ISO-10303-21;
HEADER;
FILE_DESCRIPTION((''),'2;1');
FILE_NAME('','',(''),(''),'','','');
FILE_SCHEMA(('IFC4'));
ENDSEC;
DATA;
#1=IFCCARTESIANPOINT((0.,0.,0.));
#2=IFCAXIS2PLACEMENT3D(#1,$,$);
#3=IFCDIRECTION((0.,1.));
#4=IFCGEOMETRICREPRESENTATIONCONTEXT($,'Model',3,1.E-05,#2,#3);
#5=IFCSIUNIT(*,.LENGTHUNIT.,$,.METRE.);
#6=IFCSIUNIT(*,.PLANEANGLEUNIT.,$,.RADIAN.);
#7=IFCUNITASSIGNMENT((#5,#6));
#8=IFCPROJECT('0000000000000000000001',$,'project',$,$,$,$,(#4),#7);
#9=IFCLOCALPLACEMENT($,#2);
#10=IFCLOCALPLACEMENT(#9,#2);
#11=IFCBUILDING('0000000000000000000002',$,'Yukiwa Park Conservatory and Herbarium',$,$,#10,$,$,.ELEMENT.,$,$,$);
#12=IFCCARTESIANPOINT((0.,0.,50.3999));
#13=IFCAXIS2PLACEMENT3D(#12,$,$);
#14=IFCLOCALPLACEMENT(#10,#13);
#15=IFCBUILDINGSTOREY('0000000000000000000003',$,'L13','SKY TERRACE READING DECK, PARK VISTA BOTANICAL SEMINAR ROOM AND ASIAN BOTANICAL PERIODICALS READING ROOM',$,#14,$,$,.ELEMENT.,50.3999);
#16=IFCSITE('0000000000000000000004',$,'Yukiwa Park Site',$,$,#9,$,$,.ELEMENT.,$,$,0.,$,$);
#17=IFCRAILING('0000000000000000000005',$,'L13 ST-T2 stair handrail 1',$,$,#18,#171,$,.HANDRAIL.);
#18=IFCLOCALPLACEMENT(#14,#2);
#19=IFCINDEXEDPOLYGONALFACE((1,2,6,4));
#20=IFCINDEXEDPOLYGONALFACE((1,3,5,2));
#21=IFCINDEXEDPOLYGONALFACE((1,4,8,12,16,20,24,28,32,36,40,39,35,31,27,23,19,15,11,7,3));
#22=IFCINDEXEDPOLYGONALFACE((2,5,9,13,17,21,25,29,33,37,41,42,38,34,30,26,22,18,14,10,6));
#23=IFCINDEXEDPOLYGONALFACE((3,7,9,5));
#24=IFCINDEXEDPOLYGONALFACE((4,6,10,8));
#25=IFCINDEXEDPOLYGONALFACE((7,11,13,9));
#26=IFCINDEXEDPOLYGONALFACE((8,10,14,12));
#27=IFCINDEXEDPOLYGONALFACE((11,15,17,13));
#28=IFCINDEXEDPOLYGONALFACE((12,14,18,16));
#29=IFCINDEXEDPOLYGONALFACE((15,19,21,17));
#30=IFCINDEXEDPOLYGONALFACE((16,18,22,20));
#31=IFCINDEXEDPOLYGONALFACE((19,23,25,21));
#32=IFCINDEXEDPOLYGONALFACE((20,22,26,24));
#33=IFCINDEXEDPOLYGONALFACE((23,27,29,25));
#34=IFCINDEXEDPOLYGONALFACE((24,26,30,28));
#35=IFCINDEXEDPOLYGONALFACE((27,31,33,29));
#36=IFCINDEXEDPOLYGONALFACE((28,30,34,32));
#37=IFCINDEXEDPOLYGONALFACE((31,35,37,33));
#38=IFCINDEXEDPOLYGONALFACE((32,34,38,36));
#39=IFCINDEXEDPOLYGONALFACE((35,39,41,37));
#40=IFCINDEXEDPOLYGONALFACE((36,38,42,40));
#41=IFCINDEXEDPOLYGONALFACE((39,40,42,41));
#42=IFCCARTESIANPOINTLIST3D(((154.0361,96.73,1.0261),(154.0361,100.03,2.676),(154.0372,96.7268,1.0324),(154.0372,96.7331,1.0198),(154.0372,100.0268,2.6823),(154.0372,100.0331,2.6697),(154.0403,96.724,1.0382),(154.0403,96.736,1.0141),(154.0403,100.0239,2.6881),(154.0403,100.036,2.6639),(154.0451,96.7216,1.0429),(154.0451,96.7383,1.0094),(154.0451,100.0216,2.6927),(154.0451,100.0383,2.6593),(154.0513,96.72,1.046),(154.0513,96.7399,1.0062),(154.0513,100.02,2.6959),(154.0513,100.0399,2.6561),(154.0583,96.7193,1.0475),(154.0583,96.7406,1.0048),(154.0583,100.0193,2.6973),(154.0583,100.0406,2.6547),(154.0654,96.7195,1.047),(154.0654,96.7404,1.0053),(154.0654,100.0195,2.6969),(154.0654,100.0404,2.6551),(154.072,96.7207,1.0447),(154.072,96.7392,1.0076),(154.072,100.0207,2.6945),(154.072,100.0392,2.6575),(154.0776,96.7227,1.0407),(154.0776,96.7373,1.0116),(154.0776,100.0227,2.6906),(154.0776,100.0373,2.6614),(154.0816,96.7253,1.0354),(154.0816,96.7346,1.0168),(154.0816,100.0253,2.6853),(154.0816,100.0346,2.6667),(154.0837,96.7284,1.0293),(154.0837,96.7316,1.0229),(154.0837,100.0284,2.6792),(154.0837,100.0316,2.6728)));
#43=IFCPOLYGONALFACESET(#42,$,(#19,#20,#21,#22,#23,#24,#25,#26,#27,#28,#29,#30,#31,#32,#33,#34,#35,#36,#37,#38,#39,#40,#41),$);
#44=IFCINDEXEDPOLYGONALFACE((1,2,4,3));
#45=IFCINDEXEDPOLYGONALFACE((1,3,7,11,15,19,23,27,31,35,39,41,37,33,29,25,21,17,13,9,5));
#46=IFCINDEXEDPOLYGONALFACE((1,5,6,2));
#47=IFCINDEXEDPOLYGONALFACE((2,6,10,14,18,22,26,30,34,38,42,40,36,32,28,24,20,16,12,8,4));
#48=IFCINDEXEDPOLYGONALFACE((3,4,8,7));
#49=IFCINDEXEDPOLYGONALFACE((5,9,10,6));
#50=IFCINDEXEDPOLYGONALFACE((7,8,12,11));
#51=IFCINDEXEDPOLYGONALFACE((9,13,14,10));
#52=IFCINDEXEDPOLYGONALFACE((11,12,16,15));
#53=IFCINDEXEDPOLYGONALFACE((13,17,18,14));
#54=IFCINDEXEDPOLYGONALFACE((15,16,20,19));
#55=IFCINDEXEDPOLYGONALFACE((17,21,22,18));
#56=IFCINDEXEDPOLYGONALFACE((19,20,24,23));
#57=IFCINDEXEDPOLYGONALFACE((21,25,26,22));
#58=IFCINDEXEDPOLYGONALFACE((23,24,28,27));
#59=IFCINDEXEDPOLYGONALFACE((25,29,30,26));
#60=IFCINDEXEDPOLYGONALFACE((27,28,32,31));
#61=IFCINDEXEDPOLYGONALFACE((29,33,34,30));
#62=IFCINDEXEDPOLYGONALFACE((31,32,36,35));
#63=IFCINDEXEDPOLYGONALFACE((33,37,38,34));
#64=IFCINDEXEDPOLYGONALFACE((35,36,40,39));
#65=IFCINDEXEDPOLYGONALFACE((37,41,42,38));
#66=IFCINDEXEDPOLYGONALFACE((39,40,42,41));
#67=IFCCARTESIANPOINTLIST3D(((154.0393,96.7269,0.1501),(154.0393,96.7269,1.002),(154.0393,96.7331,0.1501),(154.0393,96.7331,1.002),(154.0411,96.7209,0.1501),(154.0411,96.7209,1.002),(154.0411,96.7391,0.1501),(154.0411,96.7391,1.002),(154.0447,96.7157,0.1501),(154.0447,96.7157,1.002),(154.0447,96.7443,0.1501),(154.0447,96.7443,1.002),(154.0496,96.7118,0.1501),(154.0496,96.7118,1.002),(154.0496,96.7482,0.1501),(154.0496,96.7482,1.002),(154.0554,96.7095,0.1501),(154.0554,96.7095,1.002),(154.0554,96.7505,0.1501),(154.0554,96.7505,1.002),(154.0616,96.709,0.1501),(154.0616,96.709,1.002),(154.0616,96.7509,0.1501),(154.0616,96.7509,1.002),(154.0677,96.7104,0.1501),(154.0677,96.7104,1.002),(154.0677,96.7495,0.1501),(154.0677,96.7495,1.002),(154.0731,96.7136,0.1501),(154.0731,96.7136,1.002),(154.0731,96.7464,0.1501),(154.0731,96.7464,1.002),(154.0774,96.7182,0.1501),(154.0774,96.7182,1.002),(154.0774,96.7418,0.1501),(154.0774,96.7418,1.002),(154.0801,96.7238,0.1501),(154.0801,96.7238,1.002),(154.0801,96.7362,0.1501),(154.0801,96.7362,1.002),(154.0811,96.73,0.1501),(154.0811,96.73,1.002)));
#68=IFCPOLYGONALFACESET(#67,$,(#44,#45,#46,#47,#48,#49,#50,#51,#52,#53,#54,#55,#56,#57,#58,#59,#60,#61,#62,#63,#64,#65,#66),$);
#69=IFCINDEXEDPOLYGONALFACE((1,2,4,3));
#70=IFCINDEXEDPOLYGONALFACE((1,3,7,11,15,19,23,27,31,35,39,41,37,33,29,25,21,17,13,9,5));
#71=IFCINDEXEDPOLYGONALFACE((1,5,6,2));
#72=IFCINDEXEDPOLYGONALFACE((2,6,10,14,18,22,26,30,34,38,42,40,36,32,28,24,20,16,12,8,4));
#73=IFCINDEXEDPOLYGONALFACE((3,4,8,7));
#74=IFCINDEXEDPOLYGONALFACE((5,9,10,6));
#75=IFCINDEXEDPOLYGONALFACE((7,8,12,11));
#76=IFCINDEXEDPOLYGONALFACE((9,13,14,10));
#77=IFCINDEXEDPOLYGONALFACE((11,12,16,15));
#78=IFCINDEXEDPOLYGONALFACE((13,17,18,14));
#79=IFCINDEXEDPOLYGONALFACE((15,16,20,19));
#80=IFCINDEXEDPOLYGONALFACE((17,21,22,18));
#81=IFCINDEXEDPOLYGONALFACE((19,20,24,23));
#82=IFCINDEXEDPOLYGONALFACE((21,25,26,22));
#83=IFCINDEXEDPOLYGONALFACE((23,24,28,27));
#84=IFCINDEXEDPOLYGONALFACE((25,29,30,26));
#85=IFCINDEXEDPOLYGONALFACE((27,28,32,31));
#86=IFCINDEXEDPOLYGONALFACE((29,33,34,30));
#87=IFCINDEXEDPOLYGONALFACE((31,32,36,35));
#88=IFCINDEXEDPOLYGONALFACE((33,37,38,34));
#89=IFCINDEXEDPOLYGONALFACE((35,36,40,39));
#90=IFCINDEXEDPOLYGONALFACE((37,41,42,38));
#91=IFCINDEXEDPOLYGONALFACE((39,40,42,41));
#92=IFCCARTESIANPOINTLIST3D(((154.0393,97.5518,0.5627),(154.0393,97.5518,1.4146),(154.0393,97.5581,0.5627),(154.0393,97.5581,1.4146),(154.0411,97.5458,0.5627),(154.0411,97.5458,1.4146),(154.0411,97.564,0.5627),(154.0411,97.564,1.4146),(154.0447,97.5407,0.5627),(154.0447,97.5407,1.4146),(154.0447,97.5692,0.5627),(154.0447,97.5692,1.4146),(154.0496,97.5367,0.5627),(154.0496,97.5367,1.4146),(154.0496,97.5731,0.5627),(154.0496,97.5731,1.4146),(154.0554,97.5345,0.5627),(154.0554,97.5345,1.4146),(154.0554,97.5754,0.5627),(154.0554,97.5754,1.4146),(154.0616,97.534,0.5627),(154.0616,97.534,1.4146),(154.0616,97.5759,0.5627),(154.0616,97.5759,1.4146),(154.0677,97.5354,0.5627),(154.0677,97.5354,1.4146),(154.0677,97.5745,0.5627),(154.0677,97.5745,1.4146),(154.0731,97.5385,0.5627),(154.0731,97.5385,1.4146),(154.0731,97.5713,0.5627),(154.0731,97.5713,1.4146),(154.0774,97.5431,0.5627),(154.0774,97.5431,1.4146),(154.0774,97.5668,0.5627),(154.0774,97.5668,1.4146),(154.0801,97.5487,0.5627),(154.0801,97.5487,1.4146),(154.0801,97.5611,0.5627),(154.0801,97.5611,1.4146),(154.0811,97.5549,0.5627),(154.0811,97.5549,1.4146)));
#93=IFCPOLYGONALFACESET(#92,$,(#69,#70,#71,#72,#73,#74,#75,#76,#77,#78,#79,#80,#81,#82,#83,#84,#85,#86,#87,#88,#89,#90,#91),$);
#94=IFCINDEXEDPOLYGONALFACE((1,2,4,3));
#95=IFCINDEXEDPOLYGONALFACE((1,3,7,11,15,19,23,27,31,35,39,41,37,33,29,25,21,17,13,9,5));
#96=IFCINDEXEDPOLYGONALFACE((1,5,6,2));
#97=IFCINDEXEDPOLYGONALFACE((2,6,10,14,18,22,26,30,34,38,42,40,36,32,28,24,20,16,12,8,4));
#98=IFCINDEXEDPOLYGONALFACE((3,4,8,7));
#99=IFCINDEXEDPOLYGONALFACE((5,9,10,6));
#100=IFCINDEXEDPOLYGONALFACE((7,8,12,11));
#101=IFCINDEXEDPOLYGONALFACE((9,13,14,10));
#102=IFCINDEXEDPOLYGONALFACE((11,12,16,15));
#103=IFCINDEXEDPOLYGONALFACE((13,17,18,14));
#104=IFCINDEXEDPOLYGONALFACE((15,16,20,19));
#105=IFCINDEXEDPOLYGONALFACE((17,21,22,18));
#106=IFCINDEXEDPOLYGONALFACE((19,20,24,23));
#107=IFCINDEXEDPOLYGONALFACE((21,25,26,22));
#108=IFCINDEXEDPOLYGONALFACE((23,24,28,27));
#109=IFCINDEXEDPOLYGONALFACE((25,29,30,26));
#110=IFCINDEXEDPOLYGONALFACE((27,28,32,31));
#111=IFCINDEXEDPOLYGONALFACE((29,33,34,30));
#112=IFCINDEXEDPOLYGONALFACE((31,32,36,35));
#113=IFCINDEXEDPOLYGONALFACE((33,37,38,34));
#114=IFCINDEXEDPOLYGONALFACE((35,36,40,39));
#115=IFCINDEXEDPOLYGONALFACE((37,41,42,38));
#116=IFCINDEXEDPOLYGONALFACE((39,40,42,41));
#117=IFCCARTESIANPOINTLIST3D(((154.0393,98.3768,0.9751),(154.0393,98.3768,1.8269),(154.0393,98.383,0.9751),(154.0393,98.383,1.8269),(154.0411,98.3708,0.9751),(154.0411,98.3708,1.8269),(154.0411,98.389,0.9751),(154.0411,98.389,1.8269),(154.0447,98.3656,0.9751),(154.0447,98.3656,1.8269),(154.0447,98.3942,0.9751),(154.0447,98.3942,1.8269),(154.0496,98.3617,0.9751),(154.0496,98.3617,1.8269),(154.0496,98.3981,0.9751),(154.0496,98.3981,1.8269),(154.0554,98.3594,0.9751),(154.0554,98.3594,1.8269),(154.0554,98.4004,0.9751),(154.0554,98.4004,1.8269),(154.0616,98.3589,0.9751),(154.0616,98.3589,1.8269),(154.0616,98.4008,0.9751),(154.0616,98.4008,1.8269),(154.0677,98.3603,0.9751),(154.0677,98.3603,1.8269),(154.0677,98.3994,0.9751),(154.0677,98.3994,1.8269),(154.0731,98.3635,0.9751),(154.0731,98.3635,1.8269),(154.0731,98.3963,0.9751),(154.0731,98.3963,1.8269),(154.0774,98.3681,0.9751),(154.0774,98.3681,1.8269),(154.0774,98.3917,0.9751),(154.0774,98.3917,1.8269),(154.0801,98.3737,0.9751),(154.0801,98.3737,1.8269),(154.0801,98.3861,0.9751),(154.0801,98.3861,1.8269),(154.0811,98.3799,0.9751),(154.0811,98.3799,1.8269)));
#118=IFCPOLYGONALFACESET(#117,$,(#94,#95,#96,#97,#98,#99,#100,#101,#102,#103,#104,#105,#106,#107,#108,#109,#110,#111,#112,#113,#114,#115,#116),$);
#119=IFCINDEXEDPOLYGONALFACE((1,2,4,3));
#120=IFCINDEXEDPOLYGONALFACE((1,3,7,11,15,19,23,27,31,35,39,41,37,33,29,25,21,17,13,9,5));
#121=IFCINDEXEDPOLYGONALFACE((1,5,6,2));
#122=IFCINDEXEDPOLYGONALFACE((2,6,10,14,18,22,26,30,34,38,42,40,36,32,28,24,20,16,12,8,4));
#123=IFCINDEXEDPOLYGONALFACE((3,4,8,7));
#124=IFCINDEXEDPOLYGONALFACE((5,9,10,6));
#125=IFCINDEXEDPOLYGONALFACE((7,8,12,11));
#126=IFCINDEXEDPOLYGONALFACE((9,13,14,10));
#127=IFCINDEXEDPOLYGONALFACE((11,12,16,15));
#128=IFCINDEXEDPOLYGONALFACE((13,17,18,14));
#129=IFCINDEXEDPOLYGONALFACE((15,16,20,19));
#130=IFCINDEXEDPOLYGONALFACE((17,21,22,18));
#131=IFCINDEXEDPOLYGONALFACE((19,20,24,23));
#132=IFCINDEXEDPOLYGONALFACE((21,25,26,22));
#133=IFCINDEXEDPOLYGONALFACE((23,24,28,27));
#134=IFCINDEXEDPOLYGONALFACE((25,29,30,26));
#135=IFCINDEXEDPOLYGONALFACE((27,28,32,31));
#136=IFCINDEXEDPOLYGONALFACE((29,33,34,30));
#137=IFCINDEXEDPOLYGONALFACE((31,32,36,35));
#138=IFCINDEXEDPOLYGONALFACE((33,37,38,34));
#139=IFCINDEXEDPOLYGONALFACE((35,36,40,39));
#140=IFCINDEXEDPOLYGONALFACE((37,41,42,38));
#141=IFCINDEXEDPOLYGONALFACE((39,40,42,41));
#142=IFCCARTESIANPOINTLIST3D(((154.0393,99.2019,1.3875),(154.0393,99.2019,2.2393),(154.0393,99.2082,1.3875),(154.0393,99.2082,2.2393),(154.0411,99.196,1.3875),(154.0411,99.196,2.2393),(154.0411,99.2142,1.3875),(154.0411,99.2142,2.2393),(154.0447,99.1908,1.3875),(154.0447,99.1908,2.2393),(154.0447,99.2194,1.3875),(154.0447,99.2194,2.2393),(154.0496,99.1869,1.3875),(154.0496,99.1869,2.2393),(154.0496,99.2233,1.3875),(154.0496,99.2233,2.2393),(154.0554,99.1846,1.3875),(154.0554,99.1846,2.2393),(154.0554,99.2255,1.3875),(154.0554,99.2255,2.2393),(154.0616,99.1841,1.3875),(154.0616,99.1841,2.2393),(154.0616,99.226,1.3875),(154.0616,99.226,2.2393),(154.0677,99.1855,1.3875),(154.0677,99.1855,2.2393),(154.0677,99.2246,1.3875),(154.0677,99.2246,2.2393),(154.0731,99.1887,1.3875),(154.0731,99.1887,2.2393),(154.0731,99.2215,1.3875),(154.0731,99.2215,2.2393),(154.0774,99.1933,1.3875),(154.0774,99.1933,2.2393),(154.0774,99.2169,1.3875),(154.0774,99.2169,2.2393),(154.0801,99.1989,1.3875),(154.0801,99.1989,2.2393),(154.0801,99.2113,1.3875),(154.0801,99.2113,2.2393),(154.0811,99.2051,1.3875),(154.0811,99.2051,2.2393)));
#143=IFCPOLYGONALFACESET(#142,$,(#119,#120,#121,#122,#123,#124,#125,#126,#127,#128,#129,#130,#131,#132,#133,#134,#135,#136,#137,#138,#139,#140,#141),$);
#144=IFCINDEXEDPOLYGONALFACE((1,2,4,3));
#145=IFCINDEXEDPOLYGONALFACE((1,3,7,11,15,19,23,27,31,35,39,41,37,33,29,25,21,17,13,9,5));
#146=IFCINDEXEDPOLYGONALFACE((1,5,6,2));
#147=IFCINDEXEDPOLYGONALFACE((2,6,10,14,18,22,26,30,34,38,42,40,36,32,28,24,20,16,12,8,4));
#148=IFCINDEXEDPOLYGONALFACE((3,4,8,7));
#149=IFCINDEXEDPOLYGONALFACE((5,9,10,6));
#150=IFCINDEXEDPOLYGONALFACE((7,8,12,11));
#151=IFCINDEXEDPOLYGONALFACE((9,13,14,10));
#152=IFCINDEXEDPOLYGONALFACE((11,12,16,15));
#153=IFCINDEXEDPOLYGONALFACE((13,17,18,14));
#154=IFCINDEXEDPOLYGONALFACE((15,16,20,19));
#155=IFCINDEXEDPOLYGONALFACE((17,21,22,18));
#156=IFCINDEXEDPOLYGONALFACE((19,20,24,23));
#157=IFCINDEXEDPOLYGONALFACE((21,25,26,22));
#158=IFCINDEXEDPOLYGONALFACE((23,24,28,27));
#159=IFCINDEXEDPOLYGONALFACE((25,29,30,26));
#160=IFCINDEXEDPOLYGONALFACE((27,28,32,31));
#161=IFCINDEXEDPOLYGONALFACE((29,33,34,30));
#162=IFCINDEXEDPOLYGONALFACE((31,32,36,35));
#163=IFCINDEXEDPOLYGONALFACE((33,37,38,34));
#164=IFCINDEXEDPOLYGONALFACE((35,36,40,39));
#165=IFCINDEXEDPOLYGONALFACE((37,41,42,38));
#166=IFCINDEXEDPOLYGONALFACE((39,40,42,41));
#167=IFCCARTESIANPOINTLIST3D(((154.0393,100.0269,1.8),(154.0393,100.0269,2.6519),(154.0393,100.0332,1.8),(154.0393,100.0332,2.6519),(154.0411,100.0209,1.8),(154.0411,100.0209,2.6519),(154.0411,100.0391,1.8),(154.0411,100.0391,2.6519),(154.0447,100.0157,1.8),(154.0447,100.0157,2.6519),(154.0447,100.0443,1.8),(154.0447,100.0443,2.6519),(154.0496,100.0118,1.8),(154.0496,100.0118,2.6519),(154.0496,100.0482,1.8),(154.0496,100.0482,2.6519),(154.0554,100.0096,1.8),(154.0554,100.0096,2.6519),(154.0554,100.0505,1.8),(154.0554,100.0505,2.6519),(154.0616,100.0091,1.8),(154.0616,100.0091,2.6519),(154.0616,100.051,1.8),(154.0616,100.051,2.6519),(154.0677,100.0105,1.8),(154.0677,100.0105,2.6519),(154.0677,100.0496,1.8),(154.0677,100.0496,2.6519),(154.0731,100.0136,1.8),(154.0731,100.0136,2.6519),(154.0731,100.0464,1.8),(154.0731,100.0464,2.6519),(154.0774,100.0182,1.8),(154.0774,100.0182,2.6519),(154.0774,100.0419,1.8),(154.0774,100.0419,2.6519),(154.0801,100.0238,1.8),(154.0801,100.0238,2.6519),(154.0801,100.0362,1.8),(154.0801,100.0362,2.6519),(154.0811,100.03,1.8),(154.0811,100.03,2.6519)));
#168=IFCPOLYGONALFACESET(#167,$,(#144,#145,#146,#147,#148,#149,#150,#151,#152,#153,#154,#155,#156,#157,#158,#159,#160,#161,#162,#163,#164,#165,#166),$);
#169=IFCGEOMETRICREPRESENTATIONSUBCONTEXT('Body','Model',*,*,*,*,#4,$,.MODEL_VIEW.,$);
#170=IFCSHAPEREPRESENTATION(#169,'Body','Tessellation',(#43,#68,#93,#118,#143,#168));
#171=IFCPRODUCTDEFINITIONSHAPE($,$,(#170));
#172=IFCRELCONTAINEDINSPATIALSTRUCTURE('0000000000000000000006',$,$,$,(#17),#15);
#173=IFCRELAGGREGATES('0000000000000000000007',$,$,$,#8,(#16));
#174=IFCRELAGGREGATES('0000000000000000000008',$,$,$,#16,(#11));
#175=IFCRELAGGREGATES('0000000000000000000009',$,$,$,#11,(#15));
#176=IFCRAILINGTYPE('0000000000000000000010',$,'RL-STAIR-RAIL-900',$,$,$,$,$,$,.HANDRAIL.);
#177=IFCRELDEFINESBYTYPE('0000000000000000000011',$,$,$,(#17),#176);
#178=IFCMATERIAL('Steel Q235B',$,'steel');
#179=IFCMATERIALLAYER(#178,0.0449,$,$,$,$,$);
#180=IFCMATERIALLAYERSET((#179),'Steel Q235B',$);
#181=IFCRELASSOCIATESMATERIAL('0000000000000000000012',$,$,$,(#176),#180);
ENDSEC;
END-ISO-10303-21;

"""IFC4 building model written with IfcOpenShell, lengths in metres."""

from ifc_helpers import new_model, si_unit, direction, frame, origin, origin_2d, place, context, subcontext, project, spatial, circle, extrude, material, layer, layer_set, type_object, element, save


model = new_model("IFC4")

# Units and contexts
model_context = context("Model", 3, precision=1e-05, world=origin(), true_north=direction((0.0, 1.0)))
body_context = subcontext(model_context, "Body", "Model", "MODEL_VIEW")
ifc_project = project(units=[si_unit("LENGTHUNIT", "METRE"), si_unit("PLANEANGLEUNIT", "RADIAN")], contexts=[model_context])

# Site, building, storey
site_placement = place(None, origin())
site = spatial("IfcSite", under=ifc_project, at=site_placement, Name="Yukiwa Park Site", CompositionType="ELEMENT", RefElevation=0.0)
building_placement = place(site_placement, origin())
building = spatial("IfcBuilding", under=site, at=building_placement, Name="Yukiwa Park Conservatory and Herbarium", CompositionType="ELEMENT")
storey_placement = place(building_placement, frame((0.0, 0.0, 50.3999)))
storey = spatial("IfcBuildingStorey", under=building, at=storey_placement, Name="L13", Description="SKY TERRACE READING DECK, PARK VISTA BOTANICAL SEMINAR ROOM AND ASIAN BOTANICAL PERIODICALS READING ROOM", CompositionType="ELEMENT", Elevation=50.3999)

# Railing
ifc_material_1 = material(Name="Steel Q235B", Category="steel")
ifc_layer_1 = layer(ifc_material_1, 0.0449)
ifc_layer_set_1 = layer_set([ifc_layer_1], Name="Steel Q235B")
railing_type_1 = type_object("IfcRailingType", Name="RL-STAIR-RAIL-900", PredefinedType="HANDRAIL", material=ifc_layer_set_1)
railing_1_placement = place(storey_placement, frame((154.0601, 96.73, 0.1501)))
element("IfcRailing", 1, at=railing_1_placement, inside=storey, type_object=railing_type_1, Name="L13 ST-T2 stair handrail 1", PredefinedType="HANDRAIL", context=body_context, shape_type="SweptSolid", body=[
    extrude(circle(Radius=0.0239, at=origin_2d()), frame((0.0, 0.0, 0.876), z_axis=(0.0, 0.89444, 0.447187), x_axis=(-1.0, 0.0, 0.0)), (0.0, 0.0, 1.0), 3.6895),
    extrude(circle(Radius=0.021, at=origin_2d()), origin(), (0.0, 0.0, 1.0), 0.8518),
    extrude(circle(Radius=0.021, at=origin_2d()), frame((0.0, 0.825, 0.4126)), (0.0, 0.0, 1.0), 0.8518),
    extrude(circle(Radius=0.021, at=origin_2d()), frame((0.0, 1.6499, 0.825)), (0.0, 0.0, 1.0), 0.8518),
    extrude(circle(Radius=0.021, at=origin_2d()), frame((0.0, 2.4751, 1.2373)), (0.0, 0.0, 1.0), 0.8518),
    extrude(circle(Radius=0.021, at=origin_2d()), frame((0.0, 3.3, 1.6499)), (0.0, 0.0, 1.0), 0.8518),
])

save(model, "model.ifc")
